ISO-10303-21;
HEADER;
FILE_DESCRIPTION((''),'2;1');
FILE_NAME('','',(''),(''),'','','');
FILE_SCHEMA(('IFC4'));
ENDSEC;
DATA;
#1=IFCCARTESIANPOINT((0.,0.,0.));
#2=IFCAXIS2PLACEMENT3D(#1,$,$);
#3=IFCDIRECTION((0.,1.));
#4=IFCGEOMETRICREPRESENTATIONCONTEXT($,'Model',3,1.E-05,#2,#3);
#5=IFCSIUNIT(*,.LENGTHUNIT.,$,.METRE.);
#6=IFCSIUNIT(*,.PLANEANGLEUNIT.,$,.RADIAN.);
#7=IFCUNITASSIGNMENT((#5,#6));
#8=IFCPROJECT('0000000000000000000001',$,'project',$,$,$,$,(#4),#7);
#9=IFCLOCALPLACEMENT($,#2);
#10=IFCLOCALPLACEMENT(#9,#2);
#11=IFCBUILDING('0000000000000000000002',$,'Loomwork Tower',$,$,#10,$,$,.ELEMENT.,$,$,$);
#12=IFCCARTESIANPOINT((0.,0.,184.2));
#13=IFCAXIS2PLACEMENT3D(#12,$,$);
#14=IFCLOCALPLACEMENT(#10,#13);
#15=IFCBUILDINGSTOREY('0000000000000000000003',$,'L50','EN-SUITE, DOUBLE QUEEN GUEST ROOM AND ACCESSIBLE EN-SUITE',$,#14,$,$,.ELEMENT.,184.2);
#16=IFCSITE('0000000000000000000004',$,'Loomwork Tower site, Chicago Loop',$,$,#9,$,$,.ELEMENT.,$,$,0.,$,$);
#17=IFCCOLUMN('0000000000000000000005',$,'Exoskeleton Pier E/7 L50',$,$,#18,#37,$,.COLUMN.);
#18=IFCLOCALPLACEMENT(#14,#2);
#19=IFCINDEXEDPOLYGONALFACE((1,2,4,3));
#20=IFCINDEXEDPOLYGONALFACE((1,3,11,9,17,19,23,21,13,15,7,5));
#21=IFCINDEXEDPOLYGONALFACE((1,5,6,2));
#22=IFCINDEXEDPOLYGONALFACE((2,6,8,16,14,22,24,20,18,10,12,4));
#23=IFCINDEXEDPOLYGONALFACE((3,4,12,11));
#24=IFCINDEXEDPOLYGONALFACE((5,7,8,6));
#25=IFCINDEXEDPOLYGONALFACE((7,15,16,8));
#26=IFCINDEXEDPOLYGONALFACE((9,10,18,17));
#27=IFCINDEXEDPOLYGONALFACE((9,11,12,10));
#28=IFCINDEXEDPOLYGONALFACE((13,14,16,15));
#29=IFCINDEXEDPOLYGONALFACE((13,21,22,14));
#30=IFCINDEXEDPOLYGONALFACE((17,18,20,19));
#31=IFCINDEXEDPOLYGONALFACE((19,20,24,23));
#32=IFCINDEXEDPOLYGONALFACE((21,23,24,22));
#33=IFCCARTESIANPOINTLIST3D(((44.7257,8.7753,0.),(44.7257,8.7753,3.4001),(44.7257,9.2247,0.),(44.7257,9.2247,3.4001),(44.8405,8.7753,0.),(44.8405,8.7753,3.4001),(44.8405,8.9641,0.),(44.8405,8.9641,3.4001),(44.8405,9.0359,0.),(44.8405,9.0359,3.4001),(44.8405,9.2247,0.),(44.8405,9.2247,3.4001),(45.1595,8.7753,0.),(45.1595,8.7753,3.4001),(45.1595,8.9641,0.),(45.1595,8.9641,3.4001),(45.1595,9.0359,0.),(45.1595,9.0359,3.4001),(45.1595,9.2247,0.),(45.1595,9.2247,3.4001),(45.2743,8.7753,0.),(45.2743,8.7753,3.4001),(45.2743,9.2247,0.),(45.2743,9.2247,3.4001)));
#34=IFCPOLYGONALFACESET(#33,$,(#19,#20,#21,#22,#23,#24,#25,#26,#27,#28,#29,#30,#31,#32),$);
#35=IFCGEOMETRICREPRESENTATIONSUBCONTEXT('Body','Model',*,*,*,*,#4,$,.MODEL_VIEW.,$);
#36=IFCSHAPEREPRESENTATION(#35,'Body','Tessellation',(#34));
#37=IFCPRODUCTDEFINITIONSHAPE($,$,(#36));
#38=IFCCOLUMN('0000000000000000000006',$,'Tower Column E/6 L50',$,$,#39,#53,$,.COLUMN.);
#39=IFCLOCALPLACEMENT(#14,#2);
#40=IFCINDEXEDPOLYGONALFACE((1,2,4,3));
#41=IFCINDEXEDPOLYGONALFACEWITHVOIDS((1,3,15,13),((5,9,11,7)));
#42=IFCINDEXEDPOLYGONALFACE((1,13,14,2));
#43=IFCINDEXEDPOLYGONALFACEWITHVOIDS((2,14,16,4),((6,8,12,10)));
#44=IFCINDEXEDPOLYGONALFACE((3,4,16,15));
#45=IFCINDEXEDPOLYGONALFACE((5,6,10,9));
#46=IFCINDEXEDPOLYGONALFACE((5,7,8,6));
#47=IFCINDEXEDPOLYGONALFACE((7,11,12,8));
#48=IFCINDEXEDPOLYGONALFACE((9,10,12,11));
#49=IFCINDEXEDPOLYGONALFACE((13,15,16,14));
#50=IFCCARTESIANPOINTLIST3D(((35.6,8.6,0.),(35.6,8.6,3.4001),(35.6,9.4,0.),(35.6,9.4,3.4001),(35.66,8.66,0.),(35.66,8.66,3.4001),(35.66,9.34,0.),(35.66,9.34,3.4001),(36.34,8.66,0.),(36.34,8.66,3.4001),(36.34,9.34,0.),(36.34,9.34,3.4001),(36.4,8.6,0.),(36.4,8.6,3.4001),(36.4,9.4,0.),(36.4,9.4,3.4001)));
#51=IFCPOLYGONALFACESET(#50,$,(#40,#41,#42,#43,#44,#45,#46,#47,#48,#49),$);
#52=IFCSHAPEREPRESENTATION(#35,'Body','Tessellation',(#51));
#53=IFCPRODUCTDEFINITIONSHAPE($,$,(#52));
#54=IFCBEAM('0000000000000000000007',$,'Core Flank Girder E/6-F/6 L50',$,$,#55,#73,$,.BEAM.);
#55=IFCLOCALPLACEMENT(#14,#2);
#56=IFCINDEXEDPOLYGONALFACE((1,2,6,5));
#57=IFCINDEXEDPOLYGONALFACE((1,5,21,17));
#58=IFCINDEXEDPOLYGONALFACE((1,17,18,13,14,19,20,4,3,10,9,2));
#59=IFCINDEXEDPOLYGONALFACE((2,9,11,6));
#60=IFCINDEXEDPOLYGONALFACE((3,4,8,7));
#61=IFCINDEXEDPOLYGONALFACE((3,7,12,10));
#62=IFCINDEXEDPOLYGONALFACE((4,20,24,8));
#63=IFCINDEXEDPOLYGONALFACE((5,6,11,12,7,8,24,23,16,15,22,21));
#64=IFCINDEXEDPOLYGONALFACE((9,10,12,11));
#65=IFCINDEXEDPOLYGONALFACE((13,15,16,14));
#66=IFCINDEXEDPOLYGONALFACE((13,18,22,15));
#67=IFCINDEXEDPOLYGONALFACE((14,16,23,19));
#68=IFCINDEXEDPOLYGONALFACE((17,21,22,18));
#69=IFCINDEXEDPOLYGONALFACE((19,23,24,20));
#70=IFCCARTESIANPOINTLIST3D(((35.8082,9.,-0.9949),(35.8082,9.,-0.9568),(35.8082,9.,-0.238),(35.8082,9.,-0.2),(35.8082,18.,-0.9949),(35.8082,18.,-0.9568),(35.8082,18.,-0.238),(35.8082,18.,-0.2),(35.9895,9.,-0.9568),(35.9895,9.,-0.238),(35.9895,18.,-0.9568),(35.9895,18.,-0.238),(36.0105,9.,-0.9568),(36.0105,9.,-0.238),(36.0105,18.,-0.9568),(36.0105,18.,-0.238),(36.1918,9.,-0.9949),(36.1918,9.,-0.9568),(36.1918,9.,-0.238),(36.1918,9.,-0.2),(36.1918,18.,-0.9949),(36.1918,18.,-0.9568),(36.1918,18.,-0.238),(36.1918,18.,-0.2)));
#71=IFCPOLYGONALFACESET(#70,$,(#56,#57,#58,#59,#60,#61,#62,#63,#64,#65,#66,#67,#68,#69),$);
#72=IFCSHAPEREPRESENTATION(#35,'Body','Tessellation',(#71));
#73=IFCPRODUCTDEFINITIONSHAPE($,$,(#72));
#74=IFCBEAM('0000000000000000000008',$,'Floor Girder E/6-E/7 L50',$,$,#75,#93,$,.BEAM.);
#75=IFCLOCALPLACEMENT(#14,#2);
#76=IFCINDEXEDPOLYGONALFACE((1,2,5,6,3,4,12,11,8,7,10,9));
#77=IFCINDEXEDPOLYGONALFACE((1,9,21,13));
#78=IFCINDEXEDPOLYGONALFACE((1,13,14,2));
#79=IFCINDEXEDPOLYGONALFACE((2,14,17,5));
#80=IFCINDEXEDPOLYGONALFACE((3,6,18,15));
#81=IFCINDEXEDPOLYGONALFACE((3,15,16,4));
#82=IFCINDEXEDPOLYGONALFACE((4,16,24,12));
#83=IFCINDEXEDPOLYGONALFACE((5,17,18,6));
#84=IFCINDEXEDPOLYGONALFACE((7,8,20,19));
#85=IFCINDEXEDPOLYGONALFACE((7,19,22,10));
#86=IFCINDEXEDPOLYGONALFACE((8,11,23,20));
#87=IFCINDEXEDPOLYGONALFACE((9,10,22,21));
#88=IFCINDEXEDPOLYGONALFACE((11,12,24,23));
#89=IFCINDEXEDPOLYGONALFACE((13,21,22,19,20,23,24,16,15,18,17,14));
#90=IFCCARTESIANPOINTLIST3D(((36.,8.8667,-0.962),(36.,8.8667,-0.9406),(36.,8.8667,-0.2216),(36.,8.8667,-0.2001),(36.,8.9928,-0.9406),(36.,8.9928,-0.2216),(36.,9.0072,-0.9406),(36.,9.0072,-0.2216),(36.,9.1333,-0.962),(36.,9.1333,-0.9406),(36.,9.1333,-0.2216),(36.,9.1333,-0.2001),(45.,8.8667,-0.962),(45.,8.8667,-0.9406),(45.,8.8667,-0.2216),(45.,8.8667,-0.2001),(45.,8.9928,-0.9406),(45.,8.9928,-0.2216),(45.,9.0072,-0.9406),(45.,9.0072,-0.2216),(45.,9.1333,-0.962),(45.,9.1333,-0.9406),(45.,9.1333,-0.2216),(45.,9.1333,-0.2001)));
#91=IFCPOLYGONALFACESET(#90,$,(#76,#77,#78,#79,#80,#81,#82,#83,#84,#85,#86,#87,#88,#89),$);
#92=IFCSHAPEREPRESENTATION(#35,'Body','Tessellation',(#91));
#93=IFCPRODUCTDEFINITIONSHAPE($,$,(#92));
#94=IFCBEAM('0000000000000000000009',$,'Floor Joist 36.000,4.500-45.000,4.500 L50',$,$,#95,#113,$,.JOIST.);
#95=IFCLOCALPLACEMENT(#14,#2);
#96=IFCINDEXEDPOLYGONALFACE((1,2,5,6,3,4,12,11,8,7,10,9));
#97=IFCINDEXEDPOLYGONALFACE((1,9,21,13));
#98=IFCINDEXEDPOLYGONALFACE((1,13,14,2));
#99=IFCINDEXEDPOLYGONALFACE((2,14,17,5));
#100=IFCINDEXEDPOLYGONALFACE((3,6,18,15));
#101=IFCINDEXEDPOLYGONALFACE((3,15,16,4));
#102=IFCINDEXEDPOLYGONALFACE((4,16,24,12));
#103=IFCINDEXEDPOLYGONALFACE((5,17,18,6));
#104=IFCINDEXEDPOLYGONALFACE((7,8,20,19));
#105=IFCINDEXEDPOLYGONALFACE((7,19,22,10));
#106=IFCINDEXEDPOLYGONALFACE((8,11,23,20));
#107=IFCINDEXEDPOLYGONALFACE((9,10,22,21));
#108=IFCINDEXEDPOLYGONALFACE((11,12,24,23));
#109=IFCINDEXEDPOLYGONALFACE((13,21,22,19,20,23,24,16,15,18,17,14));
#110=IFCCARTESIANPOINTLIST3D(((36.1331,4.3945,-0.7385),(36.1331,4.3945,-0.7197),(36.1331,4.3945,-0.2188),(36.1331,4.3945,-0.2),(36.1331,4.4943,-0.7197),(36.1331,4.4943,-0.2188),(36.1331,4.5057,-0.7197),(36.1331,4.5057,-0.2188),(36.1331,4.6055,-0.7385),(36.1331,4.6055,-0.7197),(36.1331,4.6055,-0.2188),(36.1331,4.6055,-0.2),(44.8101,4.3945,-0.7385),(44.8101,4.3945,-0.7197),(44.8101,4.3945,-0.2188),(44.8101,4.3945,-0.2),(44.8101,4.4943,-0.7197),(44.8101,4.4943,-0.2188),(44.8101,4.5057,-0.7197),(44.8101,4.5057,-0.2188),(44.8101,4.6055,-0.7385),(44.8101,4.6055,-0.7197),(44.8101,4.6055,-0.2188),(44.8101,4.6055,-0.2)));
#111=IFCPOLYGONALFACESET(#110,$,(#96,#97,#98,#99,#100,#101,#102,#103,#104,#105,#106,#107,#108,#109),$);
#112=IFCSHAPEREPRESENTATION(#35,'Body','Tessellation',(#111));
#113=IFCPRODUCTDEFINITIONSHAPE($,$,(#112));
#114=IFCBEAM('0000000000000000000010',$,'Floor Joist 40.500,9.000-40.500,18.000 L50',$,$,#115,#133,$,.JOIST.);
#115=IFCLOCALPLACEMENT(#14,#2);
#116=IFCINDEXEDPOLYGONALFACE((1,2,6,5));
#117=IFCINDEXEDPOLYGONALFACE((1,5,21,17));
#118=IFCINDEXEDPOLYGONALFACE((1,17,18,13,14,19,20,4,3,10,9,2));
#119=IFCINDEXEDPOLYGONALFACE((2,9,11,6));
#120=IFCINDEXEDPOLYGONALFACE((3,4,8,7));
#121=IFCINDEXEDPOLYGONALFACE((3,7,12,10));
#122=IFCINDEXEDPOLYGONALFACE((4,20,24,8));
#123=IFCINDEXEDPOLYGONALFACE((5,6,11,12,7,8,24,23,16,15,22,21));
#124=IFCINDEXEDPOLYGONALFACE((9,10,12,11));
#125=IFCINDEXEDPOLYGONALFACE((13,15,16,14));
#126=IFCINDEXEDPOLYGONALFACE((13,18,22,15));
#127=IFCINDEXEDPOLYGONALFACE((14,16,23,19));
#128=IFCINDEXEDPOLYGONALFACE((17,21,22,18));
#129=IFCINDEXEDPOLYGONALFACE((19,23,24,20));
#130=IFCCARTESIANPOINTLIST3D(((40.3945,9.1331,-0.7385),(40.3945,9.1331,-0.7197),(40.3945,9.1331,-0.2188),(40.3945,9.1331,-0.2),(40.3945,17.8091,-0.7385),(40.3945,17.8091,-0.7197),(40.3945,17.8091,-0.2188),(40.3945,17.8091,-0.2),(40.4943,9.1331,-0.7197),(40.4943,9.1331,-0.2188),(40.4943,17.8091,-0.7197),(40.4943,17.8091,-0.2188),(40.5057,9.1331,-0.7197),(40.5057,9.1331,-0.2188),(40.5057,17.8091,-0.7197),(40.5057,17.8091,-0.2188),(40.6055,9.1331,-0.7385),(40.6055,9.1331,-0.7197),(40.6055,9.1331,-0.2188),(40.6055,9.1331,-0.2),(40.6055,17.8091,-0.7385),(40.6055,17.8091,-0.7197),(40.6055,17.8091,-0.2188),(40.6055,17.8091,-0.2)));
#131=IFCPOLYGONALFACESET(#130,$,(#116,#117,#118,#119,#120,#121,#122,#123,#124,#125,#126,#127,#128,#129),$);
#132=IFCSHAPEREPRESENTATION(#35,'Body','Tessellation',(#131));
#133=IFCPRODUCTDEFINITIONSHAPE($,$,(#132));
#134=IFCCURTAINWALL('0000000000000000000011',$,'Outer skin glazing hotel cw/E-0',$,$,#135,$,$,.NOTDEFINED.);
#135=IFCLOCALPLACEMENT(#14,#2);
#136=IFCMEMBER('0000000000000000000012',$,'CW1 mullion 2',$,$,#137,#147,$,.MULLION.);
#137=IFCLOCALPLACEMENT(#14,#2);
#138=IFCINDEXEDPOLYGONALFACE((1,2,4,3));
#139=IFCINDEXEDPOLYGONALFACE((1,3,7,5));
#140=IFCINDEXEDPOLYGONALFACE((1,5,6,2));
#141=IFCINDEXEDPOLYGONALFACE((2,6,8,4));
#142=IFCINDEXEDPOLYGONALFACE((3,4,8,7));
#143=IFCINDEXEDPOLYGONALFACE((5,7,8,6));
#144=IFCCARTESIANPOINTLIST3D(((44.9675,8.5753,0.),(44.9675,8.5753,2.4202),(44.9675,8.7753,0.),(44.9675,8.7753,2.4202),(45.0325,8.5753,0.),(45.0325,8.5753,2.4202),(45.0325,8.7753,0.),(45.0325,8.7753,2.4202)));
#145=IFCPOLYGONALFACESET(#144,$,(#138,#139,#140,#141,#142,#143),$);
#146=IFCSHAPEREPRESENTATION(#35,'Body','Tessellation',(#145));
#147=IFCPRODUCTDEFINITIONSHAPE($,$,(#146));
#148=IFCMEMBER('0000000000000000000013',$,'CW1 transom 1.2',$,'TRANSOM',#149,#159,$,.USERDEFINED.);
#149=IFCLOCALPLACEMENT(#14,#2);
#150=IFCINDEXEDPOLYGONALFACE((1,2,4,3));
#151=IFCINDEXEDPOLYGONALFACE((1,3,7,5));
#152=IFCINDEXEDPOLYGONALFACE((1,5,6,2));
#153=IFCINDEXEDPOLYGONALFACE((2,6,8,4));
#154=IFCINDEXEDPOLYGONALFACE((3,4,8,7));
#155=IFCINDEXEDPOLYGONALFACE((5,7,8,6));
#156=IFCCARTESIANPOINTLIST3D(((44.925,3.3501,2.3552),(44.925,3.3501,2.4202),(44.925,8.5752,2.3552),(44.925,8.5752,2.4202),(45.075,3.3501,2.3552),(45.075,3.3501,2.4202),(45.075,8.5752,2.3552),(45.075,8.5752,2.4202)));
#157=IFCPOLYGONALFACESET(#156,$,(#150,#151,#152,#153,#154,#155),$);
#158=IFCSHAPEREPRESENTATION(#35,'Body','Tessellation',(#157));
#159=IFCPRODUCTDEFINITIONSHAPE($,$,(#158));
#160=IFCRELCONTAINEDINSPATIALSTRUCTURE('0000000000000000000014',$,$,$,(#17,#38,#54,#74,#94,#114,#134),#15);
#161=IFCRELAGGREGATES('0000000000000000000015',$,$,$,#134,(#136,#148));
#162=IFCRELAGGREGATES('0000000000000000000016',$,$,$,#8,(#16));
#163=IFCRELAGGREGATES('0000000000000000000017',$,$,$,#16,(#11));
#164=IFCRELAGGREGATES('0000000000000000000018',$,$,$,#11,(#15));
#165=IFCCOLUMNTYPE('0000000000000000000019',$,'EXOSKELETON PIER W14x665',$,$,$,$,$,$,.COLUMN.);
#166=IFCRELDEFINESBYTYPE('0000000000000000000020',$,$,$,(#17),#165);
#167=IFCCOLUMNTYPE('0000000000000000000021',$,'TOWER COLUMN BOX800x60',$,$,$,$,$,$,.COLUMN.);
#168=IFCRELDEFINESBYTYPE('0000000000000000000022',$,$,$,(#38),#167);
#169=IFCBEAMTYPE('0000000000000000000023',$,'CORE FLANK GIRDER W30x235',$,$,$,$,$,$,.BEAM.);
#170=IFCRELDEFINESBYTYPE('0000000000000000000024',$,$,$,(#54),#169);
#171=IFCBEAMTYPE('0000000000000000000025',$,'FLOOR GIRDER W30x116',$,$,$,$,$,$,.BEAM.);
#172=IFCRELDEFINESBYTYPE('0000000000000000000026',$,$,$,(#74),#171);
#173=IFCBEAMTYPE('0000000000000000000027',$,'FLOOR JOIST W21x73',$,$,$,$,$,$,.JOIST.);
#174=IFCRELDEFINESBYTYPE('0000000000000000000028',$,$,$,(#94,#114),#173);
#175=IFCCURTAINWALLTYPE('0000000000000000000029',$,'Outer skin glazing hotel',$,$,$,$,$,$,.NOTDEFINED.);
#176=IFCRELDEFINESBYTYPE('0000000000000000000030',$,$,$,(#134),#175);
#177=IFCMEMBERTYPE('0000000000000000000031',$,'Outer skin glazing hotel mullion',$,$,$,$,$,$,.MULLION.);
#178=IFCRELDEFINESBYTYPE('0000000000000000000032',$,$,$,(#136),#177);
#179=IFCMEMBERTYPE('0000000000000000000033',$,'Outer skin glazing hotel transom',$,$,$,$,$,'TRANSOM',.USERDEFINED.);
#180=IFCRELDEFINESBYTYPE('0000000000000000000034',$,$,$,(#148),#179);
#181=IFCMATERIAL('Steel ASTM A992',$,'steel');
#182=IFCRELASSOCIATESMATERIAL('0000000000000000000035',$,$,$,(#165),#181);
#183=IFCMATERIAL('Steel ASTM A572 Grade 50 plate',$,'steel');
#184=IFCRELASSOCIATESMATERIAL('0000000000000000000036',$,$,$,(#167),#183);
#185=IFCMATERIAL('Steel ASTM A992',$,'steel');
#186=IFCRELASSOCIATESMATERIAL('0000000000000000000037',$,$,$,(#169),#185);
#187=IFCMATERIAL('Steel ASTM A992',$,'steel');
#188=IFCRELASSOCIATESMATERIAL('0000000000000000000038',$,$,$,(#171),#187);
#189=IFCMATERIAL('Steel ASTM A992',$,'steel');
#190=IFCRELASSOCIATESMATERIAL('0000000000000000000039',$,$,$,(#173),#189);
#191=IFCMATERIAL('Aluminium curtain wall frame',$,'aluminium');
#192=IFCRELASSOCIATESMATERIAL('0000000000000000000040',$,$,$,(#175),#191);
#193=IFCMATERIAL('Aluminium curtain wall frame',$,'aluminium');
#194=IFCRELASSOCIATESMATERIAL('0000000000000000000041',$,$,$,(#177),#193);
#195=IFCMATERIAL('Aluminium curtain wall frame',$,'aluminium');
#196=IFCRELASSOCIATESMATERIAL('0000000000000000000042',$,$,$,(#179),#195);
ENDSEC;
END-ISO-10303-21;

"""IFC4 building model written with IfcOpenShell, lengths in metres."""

from ifc_helpers import new_model, si_unit, direction, frame, origin, origin_2d, place, context, subcontext, project, spatial, rectangle, hollow_rectangle, i_section, extrude, material, material_profile, profile_set, type_object, element, aggregate, save


model = new_model("IFC4")

# Units and contexts
model_context = context("Model", 3, precision=1e-05, world=origin(), true_north=direction((0.0, 1.0)))
body_context = subcontext(model_context, "Body", "Model", "MODEL_VIEW")
ifc_project = project(units=[si_unit("LENGTHUNIT", "METRE"), si_unit("PLANEANGLEUNIT", "RADIAN")], contexts=[model_context])

# Site, building, storey
site_placement = place(None, origin())
site = spatial("IfcSite", under=ifc_project, at=site_placement, Name="Loomwork Tower site, Chicago Loop", CompositionType="ELEMENT", RefElevation=0.0)
building_placement = place(site_placement, origin())
building = spatial("IfcBuilding", under=site, at=building_placement, Name="Loomwork Tower", CompositionType="ELEMENT")
storey_placement = place(building_placement, frame((0.0, 0.0, 184.2)))
storey = spatial("IfcBuildingStorey", under=building, at=storey_placement, Name="L50", Description="EN-SUITE, DOUBLE QUEEN GUEST ROOM AND ACCESSIBLE EN-SUITE", CompositionType="ELEMENT", Elevation=184.2)

# Columns
ifc_material_1 = material(Name="Steel ASTM A992", Category="steel")
ifc_material_profile_1 = material_profile(ifc_material_1, i_section(OverallWidth=0.4495, OverallDepth=0.5486, WebThickness=0.0718, FlangeThickness=0.1147, at=origin_2d()), Name="W14x665")
ifc_profile_set_1 = profile_set([ifc_material_profile_1], Name="Steel ASTM A992")
column_type_1 = type_object("IfcColumnType", Name="EXOSKELETON PIER W14x665", PredefinedType="COLUMN", material=ifc_profile_set_1)
column_1_placement = place(storey_placement, frame((45.0, 9.0, 0.0), z_axis=(0.0, 0.0, 1.0), x_axis=(0.0, 1.0, 0.0)))
element("IfcColumn", 1, at=column_1_placement, inside=storey, type_object=column_type_1, Name="Exoskeleton Pier E/7 L50", PredefinedType="COLUMN", context=body_context, shape_type="SweptSolid", body=[
    extrude(i_section(OverallWidth=0.4495, OverallDepth=0.5486, WebThickness=0.0718, FlangeThickness=0.1147, at=origin_2d()), origin(), (0.0, 0.0, 1.0), 3.4001),
])
ifc_material_2 = material(Name="Steel ASTM A572 Grade 50 plate", Category="steel")
ifc_material_profile_2 = material_profile(ifc_material_2, hollow_rectangle(XDim=0.8, YDim=0.8, WallThickness=0.0601, at=origin_2d()), Name="BOX800x60")
ifc_profile_set_2 = profile_set([ifc_material_profile_2], Name="Steel ASTM A572 Grade 50 plate")
column_type_2 = type_object("IfcColumnType", Name="TOWER COLUMN BOX800x60", PredefinedType="COLUMN", material=ifc_profile_set_2)
column_2_placement = place(storey_placement, frame((36.0, 9.0, 0.0), z_axis=(0.0, 0.0, 1.0), x_axis=(0.0, 1.0, 0.0)))
element("IfcColumn", 2, at=column_2_placement, inside=storey, type_object=column_type_2, Name="Tower Column E/6 L50", PredefinedType="COLUMN", context=body_context, shape_type="SweptSolid", body=[
    extrude(hollow_rectangle(XDim=0.8, YDim=0.8, WallThickness=0.0601, at=origin_2d()), origin(), (0.0, 0.0, 1.0), 3.4001),
])

# Beams
ifc_material_3 = material(Name="Steel ASTM A992", Category="steel")
ifc_material_profile_3 = material_profile(ifc_material_3, i_section(OverallWidth=0.3835, OverallDepth=0.7949, WebThickness=0.021, FlangeThickness=0.0381, at=origin_2d()), Name="W30x235")
ifc_profile_set_3 = profile_set([ifc_material_profile_3], Name="Steel ASTM A992")
beam_type_1 = type_object("IfcBeamType", Name="CORE FLANK GIRDER W30x235", PredefinedType="BEAM", material=ifc_profile_set_3)
beam_1_placement = place(storey_placement, frame((36.0, 9.0, -0.5974), z_axis=(0.0, 1.0, 0.0), x_axis=(-1.0, 0.0, 0.0)))
element("IfcBeam", 3, at=beam_1_placement, inside=storey, type_object=beam_type_1, Name="Core Flank Girder E/6-F/6 L50", PredefinedType="BEAM", context=body_context, shape_type="SweptSolid", body=[
    extrude(i_section(OverallWidth=0.3835, OverallDepth=0.7949, WebThickness=0.021, FlangeThickness=0.0381, at=origin_2d()), origin(), (0.0, 0.0, 1.0), 9.0),
])
ifc_material_4 = material(Name="Steel ASTM A992", Category="steel")
ifc_material_profile_4 = material_profile(ifc_material_4, i_section(OverallWidth=0.2666, OverallDepth=0.762, WebThickness=0.0144, FlangeThickness=0.0215, at=origin_2d()), Name="W30x116")
ifc_profile_set_4 = profile_set([ifc_material_profile_4], Name="Steel ASTM A992")
beam_type_2 = type_object("IfcBeamType", Name="FLOOR GIRDER W30x116", PredefinedType="BEAM", material=ifc_profile_set_4)
beam_2_placement = place(storey_placement, frame((36.0, 9.0, -0.5811), z_axis=(1.0, 0.0, 0.0), x_axis=(0.0, 1.0, 0.0)))
element("IfcBeam", 4, at=beam_2_placement, inside=storey, type_object=beam_type_2, Name="Floor Girder E/6-E/7 L50", PredefinedType="BEAM", context=body_context, shape_type="SweptSolid", body=[
    extrude(i_section(OverallWidth=0.2666, OverallDepth=0.762, WebThickness=0.0144, FlangeThickness=0.0215, at=origin_2d()), origin(), (0.0, 0.0, 1.0), 9.0),
])
ifc_material_5 = material(Name="Steel ASTM A992", Category="steel")
ifc_material_profile_5 = material_profile(ifc_material_5, i_section(OverallWidth=0.2109, OverallDepth=0.5386, WebThickness=0.0115, FlangeThickness=0.0188, at=origin_2d()), Name="W21x73")
ifc_profile_set_5 = profile_set([ifc_material_profile_5], Name="Steel ASTM A992")
beam_type_3 = type_object("IfcBeamType", Name="FLOOR JOIST W21x73", PredefinedType="JOIST", material=ifc_profile_set_5)
beam_3_placement = place(storey_placement, frame((36.1331, 4.5, -0.4692), z_axis=(1.0, 0.0, 0.0), x_axis=(0.0, 1.0, 0.0)))
element("IfcBeam", 5, at=beam_3_placement, inside=storey, type_object=beam_type_3, Name="Floor Joist 36.000,4.500-45.000,4.500 L50", PredefinedType="JOIST", context=body_context, shape_type="SweptSolid", body=[
    extrude(i_section(OverallWidth=0.2109, OverallDepth=0.5386, WebThickness=0.0115, FlangeThickness=0.0188, at=origin_2d()), origin(), (0.0, 0.0, 1.0), 8.677),
])
beam_4_placement = place(storey_placement, frame((40.5, 9.1331, -0.4692), z_axis=(0.0, 1.0, 0.0), x_axis=(-1.0, 0.0, 0.0)))
element("IfcBeam", 6, at=beam_4_placement, inside=storey, type_object=beam_type_3, Name="Floor Joist 40.500,9.000-40.500,18.000 L50", PredefinedType="JOIST", context=body_context, shape_type="SweptSolid", body=[
    extrude(i_section(OverallWidth=0.2109, OverallDepth=0.5386, WebThickness=0.0115, FlangeThickness=0.0188, at=origin_2d()), origin(), (0.0, 0.0, 1.0), 8.676),
])

# Curtain wall, members
ifc_material_6 = material(Name="Aluminium curtain wall frame", Category="aluminium")
curtain_wall_type = type_object("IfcCurtainWallType", Name="Outer skin glazing hotel", PredefinedType="NOTDEFINED", material=ifc_material_6)
curtain_wall_placement = place(storey_placement, origin())
curtain_wall = element("IfcCurtainWall", 7, at=curtain_wall_placement, inside=storey, type_object=curtain_wall_type, Name="Outer skin glazing hotel cw/E-0", PredefinedType="NOTDEFINED")
ifc_material_7 = material(Name="Aluminium curtain wall frame", Category="aluminium")
ifc_material_profile_6 = material_profile(ifc_material_7, rectangle(XDim=0.0649, YDim=0.2, at=origin_2d()), Name="AL 65x200")
ifc_profile_set_6 = profile_set([ifc_material_profile_6], Name="Aluminium curtain wall frame")
member_type_1 = type_object("IfcMemberType", Name="Outer skin glazing hotel mullion", PredefinedType="MULLION", material=ifc_profile_set_6)
member_1_placement = place(storey_placement, frame((45.0, 8.6753, 0.0), z_axis=(0.0, 0.0, 1.0), x_axis=(-1.0, 0.0, 0.0)))
member_1 = element("IfcMember", 8, at=member_1_placement, type_object=member_type_1, Name="CW1 mullion 2", PredefinedType="MULLION", context=body_context, shape_type="SweptSolid", body=[
    extrude(rectangle(XDim=0.0649, YDim=0.2, at=origin_2d()), origin(), (0.0, 0.0, 1.0), 2.4202),
])
ifc_material_8 = material(Name="Aluminium curtain wall frame", Category="aluminium")
ifc_material_profile_7 = material_profile(ifc_material_8, rectangle(XDim=0.1499, YDim=0.0649, at=origin_2d()), Name="AL 65x150")
ifc_profile_set_7 = profile_set([ifc_material_profile_7], Name="Aluminium curtain wall frame")
member_type_2 = type_object("IfcMemberType", Name="Outer skin glazing hotel transom", ElementType="TRANSOM", PredefinedType="USERDEFINED", material=ifc_profile_set_7)
member_2_placement = place(storey_placement, frame((45.0, 3.3501, 2.3877), z_axis=(0.0, 1.0, 0.0), x_axis=(-1.0, 0.0, 0.0)))
member_2 = element("IfcMember", 9, at=member_2_placement, type_object=member_type_2, Name="CW1 transom 1.2", ObjectType="TRANSOM", PredefinedType="USERDEFINED", context=body_context, shape_type="SweptSolid", body=[
    extrude(rectangle(XDim=0.1499, YDim=0.0649, at=origin_2d()), origin(), (0.0, 0.0, 1.0), 5.2251),
])

aggregate(curtain_wall, [member_1, member_2])

save(model, "model.ifc")
